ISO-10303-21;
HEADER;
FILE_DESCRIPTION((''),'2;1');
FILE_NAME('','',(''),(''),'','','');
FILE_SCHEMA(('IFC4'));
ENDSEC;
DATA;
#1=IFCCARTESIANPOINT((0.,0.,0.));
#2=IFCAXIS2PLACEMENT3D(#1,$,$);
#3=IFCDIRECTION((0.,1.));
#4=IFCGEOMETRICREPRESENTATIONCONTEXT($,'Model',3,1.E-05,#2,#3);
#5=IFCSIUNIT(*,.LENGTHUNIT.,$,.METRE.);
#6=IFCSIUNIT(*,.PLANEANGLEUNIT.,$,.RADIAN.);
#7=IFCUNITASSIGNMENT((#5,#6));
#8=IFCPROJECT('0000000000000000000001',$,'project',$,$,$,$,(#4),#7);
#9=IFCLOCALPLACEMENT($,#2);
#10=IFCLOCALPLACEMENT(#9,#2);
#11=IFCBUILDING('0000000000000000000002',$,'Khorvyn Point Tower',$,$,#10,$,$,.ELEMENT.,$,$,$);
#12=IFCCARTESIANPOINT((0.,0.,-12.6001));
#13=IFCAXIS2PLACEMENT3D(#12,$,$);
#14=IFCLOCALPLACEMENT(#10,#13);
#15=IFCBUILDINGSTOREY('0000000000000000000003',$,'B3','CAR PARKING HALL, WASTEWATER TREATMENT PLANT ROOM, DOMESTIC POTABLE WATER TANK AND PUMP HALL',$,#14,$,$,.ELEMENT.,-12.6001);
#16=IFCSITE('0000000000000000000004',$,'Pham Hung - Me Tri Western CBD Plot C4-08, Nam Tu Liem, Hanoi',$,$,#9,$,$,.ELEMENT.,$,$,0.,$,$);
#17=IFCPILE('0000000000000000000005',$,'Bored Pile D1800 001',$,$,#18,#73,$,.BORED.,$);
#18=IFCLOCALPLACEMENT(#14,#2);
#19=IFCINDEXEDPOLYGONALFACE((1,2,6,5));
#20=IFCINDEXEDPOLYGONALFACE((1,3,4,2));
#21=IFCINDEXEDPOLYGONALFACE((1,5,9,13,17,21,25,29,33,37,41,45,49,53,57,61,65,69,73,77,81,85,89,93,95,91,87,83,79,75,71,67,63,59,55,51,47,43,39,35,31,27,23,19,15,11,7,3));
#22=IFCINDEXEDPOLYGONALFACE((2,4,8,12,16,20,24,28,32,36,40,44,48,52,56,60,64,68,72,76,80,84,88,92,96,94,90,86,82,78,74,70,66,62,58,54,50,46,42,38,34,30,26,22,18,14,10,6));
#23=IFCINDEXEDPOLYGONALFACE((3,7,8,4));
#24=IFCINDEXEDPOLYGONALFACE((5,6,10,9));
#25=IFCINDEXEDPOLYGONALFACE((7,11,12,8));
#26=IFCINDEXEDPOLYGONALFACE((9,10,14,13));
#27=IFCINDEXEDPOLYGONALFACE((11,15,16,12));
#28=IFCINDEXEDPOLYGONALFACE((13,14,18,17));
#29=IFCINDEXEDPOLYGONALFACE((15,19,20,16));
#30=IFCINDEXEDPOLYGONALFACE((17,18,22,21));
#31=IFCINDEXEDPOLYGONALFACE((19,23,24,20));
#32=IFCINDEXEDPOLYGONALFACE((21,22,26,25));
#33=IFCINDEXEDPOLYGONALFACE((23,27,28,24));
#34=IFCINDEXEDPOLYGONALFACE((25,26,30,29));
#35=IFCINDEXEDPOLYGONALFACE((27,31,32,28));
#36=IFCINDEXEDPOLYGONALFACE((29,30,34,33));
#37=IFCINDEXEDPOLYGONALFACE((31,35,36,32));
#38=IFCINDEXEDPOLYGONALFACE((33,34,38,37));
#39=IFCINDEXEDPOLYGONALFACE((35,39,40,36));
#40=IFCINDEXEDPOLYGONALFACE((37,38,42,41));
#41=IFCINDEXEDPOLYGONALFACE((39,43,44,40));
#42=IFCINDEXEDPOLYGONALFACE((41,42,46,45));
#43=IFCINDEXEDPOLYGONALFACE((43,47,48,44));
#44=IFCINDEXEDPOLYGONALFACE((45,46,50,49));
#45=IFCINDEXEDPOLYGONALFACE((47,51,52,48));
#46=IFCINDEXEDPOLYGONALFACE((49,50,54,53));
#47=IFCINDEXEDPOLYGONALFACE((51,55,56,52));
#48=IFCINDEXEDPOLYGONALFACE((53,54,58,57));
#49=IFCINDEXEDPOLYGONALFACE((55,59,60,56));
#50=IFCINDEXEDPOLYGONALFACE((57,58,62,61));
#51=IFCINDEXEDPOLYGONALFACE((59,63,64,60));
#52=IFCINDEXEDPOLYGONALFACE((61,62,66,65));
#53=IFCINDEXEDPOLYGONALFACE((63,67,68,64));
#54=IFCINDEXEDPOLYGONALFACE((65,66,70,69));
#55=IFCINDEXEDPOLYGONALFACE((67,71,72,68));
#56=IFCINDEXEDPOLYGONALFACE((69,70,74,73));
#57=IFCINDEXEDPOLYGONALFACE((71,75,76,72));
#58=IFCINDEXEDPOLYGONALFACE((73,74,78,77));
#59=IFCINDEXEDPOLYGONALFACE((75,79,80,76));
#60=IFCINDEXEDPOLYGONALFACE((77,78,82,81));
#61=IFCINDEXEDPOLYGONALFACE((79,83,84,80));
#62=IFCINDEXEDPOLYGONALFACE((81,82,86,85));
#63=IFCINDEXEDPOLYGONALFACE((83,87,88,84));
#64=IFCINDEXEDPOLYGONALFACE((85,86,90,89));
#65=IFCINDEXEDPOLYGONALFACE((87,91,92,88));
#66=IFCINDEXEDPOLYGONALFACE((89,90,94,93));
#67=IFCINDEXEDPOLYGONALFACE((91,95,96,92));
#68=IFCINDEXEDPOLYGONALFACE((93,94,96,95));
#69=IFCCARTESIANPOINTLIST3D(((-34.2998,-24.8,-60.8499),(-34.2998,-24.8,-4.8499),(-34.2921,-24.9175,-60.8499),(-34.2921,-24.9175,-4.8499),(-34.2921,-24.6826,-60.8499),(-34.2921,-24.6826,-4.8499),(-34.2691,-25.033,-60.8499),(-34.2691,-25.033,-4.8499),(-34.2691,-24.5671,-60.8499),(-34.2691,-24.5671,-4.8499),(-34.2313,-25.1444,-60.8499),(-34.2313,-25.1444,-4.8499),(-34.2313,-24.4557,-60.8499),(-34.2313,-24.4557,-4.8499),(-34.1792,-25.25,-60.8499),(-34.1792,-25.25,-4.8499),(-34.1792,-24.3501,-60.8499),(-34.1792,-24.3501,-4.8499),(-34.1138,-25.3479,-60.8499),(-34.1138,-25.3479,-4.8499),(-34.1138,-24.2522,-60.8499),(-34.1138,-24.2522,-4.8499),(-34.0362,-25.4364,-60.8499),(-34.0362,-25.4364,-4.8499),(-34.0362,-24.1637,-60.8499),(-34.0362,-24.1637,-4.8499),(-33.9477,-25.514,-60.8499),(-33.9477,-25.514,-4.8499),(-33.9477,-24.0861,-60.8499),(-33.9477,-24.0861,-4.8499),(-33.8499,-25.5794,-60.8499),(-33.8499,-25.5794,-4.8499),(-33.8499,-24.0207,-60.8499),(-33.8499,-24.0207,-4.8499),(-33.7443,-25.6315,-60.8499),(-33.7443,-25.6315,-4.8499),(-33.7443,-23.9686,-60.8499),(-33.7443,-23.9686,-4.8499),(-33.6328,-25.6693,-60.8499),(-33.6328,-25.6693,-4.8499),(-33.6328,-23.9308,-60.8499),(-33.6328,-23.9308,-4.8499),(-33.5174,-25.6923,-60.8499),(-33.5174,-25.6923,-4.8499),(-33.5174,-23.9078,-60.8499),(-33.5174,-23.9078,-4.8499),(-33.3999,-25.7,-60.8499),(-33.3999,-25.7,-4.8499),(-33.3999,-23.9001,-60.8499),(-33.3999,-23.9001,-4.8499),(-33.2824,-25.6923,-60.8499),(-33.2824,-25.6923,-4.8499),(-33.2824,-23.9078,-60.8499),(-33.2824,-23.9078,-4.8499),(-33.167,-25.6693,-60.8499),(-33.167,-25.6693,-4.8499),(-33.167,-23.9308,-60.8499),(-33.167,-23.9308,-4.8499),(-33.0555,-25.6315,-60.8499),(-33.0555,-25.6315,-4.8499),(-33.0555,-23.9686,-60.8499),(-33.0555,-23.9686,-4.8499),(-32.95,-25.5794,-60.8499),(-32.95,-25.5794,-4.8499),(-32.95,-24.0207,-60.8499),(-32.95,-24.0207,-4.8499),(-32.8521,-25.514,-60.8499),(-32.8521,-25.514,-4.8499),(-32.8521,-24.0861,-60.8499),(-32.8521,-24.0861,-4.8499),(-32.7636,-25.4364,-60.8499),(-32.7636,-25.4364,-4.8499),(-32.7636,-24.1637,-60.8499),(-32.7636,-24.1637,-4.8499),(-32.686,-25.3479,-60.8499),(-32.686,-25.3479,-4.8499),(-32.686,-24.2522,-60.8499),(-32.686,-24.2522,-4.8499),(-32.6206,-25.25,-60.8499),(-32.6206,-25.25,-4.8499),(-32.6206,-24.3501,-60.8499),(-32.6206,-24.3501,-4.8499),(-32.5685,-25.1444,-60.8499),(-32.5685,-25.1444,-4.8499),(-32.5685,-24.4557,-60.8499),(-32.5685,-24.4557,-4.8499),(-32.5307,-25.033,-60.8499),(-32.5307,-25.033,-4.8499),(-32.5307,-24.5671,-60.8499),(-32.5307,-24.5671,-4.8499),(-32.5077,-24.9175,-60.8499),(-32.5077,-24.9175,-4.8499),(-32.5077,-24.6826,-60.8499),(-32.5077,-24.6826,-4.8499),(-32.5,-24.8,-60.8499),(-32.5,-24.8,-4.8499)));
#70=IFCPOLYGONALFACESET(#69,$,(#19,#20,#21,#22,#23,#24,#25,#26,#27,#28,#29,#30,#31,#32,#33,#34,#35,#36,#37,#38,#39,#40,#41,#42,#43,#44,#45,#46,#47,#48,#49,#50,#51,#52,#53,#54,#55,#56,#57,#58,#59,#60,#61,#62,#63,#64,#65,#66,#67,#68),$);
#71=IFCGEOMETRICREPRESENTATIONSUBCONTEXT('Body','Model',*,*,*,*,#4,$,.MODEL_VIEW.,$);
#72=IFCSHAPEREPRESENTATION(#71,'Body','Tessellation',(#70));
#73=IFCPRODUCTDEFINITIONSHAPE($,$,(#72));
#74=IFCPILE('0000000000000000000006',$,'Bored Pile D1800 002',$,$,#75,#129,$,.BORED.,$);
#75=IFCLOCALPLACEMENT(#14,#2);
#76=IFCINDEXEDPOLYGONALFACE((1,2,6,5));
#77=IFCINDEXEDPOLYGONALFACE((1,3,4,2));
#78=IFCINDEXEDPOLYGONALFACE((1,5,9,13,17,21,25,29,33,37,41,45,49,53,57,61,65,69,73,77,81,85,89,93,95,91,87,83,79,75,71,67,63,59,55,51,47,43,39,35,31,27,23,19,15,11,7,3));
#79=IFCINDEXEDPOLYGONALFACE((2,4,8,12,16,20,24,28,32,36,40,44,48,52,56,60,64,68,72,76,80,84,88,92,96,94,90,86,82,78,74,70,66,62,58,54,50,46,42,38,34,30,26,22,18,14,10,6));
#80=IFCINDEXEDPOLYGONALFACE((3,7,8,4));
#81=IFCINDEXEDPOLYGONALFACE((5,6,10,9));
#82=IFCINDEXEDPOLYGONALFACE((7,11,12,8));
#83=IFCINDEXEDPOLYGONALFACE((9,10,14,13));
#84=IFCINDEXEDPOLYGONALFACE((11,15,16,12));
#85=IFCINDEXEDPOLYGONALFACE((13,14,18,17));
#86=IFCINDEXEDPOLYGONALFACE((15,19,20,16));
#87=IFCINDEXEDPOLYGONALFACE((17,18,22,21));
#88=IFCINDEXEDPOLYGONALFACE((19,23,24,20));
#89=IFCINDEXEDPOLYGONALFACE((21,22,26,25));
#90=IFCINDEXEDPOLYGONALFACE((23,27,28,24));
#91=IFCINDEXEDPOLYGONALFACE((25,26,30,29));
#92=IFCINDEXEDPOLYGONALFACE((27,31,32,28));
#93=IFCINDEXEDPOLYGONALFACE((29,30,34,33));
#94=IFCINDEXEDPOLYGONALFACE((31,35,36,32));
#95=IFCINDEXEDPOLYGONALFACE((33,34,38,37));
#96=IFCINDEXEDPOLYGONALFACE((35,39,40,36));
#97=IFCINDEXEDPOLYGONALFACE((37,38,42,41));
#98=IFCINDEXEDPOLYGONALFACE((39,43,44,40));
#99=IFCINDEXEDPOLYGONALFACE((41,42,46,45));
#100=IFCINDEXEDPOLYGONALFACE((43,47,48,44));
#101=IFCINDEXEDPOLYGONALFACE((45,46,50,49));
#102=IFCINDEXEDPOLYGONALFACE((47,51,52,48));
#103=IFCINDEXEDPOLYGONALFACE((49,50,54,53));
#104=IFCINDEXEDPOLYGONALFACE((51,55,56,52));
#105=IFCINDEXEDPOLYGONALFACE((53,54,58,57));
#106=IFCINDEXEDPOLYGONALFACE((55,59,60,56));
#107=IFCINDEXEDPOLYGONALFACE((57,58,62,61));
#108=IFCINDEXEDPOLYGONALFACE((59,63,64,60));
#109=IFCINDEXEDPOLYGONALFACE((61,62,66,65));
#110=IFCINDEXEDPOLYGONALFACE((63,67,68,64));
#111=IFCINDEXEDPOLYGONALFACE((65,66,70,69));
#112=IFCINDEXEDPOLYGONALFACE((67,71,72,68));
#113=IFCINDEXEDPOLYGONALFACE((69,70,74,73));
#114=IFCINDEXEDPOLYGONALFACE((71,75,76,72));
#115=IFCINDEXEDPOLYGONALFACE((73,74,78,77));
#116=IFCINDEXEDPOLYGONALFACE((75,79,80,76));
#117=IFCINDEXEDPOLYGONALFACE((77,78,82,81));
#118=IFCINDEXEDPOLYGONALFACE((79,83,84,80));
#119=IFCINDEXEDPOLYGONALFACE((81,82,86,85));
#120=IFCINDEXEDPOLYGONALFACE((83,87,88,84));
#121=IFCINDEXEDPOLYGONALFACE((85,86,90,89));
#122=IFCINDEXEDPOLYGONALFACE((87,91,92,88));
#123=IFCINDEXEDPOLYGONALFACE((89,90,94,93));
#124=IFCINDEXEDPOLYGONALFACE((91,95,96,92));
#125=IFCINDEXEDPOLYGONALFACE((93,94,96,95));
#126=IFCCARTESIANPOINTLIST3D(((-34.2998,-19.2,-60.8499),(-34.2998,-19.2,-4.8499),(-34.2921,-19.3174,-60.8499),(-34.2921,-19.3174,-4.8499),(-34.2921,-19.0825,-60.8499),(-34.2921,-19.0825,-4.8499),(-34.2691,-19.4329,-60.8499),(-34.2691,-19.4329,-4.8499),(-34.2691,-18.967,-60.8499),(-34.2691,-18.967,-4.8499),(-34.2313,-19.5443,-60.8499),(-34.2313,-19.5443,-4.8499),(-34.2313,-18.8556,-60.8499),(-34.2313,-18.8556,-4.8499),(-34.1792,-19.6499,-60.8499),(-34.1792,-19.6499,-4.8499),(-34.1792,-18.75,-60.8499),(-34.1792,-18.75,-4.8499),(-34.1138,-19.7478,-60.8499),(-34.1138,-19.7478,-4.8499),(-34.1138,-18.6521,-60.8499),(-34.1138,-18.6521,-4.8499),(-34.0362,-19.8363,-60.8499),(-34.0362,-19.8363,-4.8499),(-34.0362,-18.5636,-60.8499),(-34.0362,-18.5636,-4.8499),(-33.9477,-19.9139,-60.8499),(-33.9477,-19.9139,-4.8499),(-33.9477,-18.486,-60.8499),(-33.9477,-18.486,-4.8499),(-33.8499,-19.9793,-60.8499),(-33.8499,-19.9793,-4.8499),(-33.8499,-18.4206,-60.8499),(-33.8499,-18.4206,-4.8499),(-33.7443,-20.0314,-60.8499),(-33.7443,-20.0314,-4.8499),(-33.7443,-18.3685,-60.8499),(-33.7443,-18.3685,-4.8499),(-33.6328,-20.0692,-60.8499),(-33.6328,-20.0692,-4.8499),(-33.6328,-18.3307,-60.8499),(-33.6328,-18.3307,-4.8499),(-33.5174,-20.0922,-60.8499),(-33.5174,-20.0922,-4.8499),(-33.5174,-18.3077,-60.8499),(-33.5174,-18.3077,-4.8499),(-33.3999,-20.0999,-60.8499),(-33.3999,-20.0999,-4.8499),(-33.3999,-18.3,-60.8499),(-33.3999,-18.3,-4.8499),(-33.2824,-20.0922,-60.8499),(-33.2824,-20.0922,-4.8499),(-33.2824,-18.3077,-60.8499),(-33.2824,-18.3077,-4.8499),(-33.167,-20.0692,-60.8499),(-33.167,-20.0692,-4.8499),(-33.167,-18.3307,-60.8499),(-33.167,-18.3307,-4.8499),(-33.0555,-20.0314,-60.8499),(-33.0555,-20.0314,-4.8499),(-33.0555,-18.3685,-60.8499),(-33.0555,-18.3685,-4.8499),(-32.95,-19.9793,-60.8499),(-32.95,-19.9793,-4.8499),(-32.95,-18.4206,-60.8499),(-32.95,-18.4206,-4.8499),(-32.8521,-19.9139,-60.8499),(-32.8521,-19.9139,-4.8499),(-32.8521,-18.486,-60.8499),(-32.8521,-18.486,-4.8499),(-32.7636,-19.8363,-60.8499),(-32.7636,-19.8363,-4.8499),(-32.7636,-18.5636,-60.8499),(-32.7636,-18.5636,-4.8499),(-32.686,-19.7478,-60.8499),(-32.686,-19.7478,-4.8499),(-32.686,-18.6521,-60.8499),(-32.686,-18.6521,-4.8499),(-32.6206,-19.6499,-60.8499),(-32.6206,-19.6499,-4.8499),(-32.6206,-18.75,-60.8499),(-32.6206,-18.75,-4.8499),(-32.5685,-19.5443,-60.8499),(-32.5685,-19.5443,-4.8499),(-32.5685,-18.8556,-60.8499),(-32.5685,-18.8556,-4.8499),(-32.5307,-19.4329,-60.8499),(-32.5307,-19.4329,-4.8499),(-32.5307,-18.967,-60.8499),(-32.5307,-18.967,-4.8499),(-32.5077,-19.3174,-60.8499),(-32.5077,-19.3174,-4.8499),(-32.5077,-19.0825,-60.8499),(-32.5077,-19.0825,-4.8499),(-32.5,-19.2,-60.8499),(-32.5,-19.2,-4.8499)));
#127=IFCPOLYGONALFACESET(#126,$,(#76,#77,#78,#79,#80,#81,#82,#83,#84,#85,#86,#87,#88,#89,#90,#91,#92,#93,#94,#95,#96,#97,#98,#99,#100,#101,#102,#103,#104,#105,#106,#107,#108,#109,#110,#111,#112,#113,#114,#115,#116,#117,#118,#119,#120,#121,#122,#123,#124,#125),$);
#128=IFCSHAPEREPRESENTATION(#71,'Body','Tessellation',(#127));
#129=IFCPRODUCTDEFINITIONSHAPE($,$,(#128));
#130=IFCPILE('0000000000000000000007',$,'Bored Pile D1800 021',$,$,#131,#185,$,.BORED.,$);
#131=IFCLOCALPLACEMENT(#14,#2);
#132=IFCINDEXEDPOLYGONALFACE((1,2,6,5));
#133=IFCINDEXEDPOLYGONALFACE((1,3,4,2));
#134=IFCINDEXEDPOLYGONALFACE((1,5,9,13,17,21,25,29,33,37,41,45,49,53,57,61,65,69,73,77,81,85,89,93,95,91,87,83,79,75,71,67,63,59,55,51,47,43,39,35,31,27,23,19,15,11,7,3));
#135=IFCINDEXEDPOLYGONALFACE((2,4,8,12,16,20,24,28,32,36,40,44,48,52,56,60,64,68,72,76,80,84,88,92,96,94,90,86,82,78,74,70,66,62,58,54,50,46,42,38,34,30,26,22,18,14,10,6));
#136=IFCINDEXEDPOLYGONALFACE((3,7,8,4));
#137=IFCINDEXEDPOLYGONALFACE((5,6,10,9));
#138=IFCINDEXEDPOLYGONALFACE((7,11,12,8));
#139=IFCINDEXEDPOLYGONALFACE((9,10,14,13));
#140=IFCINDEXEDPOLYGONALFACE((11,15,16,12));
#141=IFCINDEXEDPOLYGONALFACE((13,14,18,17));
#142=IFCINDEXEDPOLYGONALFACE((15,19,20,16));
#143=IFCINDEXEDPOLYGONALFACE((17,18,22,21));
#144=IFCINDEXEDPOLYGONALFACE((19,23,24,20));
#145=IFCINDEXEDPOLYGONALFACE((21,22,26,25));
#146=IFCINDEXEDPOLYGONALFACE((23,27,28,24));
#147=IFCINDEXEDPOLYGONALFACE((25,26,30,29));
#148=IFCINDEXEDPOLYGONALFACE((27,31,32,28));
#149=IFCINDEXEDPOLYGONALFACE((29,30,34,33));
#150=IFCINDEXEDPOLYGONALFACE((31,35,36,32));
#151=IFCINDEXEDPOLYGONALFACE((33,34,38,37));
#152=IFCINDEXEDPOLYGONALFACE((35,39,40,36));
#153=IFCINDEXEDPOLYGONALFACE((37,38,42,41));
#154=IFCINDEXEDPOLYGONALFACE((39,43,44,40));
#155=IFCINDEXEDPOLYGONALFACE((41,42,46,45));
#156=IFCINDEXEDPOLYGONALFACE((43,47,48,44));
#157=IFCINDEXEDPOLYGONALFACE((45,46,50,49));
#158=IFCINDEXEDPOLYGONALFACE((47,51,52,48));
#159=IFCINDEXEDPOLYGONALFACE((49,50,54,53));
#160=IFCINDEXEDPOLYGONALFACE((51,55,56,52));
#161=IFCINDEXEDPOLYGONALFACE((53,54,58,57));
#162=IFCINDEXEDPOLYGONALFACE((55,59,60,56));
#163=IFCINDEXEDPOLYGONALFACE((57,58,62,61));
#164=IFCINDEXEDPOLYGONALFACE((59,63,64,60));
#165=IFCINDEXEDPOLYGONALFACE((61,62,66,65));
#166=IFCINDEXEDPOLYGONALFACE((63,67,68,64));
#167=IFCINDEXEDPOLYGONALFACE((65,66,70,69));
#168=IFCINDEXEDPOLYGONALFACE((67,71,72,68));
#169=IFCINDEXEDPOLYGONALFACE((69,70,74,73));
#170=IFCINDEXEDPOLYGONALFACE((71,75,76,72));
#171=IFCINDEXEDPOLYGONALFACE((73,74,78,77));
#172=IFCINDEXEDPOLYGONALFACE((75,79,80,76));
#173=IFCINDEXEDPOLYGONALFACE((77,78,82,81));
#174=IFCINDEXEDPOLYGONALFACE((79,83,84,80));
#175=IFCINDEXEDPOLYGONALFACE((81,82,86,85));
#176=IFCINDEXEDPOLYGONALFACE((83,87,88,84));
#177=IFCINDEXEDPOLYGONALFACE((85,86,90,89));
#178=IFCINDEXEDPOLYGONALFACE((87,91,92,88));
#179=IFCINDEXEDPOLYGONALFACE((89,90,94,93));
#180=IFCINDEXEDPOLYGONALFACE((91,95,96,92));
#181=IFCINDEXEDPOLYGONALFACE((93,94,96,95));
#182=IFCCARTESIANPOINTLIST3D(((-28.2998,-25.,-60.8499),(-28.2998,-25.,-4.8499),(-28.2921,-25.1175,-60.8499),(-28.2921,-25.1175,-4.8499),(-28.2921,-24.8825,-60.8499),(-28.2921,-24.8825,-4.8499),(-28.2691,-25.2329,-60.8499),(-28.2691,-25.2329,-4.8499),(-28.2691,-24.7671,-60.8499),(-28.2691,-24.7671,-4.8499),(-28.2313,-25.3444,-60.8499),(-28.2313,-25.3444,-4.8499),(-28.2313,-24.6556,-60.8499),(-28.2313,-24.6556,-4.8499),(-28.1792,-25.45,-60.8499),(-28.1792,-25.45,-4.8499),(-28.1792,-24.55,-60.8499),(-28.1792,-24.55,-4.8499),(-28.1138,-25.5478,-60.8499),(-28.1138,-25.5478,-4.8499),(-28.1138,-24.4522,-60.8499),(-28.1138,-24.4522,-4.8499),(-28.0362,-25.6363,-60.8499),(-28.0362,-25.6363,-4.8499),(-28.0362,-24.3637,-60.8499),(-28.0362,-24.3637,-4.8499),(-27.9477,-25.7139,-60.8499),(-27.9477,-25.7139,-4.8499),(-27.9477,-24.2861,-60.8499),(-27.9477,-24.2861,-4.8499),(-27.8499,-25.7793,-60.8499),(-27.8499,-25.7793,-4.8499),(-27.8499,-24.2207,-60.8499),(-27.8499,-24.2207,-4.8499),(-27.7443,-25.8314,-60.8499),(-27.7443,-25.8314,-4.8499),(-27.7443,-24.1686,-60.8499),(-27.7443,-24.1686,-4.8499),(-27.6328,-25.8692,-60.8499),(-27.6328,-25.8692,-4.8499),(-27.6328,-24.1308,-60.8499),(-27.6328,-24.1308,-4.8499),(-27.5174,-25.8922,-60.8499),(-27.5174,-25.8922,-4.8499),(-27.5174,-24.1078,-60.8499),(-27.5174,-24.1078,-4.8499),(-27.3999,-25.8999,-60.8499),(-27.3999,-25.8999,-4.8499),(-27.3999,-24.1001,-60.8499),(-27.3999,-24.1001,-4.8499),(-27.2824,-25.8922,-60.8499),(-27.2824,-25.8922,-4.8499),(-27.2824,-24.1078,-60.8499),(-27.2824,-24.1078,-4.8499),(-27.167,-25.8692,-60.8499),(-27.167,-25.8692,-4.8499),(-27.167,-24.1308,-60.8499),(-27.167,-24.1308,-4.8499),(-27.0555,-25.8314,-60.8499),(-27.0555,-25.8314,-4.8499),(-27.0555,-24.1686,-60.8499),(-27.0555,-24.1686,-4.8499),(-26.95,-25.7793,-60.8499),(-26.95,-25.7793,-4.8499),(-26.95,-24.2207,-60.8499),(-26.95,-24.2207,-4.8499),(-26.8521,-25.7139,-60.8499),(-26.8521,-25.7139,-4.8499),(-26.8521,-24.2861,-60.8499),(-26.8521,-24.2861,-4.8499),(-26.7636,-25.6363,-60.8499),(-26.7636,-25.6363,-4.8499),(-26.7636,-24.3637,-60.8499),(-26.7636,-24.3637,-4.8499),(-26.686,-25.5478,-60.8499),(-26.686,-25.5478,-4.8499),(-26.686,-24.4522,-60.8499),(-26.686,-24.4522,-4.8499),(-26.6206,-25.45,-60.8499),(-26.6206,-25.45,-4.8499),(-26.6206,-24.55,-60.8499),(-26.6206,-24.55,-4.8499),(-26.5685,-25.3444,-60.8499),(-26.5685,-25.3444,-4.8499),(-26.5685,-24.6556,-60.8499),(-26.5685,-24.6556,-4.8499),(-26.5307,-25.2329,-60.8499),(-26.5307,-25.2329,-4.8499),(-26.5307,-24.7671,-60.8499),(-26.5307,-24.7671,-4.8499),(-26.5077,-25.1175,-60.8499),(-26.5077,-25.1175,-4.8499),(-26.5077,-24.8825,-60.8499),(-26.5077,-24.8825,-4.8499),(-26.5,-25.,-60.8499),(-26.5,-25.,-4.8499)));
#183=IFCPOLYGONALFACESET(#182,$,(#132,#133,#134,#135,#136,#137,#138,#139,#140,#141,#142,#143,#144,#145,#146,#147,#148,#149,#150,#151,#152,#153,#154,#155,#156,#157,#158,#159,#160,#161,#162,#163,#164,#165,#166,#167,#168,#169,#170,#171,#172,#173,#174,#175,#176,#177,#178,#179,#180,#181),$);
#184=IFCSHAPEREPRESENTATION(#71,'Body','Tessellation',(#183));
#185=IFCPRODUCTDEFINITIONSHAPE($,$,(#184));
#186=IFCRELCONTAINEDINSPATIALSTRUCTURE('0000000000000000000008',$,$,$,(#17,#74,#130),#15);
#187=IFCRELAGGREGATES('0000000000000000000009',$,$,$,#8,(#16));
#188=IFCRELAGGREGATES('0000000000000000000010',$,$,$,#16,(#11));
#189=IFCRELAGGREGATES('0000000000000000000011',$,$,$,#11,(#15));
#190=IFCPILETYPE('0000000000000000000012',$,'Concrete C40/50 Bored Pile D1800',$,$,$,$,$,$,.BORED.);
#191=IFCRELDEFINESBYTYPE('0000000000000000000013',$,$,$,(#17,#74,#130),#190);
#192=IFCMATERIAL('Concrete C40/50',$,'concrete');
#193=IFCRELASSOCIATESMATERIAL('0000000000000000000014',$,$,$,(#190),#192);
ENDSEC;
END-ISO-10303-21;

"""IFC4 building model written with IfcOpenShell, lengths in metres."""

from ifc_helpers import new_model, si_unit, direction, frame, origin, origin_2d, place, context, subcontext, project, spatial, circle, extrude, material, material_profile, profile_set, type_object, element, save


model = new_model("IFC4")

# Units and contexts
model_context = context("Model", 3, precision=1e-05, world=origin(), true_north=direction((0.0, 1.0)))
body_context = subcontext(model_context, "Body", "Model", "MODEL_VIEW")
ifc_project = project(units=[si_unit("LENGTHUNIT", "METRE"), si_unit("PLANEANGLEUNIT", "RADIAN")], contexts=[model_context])

# Site, building, storey
site_placement = place(None, origin())
site = spatial("IfcSite", under=ifc_project, at=site_placement, Name="Pham Hung - Me Tri Western CBD Plot C4-08, Nam Tu Liem, Hanoi", CompositionType="ELEMENT", RefElevation=0.0)
building_placement = place(site_placement, origin())
building = spatial("IfcBuilding", under=site, at=building_placement, Name="Khorvyn Point Tower", CompositionType="ELEMENT")
storey_placement = place(building_placement, frame((0.0, 0.0, -12.6001)))
storey = spatial("IfcBuildingStorey", under=building, at=storey_placement, Name="B3", Description="CAR PARKING HALL, WASTEWATER TREATMENT PLANT ROOM, DOMESTIC POTABLE WATER TANK AND PUMP HALL", CompositionType="ELEMENT", Elevation=-12.6001)

# Piles
ifc_material_1 = material(Name="Concrete C40/50", Category="concrete")
ifc_material_profile_1 = material_profile(ifc_material_1, circle(Radius=0.8999, at=origin_2d()))
ifc_profile_set_1 = profile_set([ifc_material_profile_1], Name="Concrete C40/50 PILE-D1800")
pile_type_1 = type_object("IfcPileType", Name="Concrete C40/50 Bored Pile D1800", PredefinedType="BORED", material=ifc_profile_set_1)
for number, where, z_axis, x_axis, name in (
    (1, (-33.3999, -24.8, -4.8499), (0.0, 0.0, -1.0), (1.0, 0.0, 0.0), "Bored Pile D1800 001"),
    (2, (-33.3999, -19.2, -4.8499), (0.0, 0.0, -1.0), (1.0, 0.0, 0.0), "Bored Pile D1800 002"),
    (3, (-27.3999, -25.0, -4.8499), (0.0, 0.0, -1.0), (1.0, 0.0, 0.0), "Bored Pile D1800 021"),
):
    element("IfcPile", number, at=place(storey_placement, frame(where, z_axis=z_axis, x_axis=x_axis)), inside=storey, type_object=pile_type_1, Name=name, PredefinedType="BORED", context=body_context, shape_type="SweptSolid", body=[
        extrude(circle(Radius=0.8999, at=origin_2d()), origin(), (0.0, 0.0, 1.0), 56.0),
    ])

save(model, "model.ifc")
